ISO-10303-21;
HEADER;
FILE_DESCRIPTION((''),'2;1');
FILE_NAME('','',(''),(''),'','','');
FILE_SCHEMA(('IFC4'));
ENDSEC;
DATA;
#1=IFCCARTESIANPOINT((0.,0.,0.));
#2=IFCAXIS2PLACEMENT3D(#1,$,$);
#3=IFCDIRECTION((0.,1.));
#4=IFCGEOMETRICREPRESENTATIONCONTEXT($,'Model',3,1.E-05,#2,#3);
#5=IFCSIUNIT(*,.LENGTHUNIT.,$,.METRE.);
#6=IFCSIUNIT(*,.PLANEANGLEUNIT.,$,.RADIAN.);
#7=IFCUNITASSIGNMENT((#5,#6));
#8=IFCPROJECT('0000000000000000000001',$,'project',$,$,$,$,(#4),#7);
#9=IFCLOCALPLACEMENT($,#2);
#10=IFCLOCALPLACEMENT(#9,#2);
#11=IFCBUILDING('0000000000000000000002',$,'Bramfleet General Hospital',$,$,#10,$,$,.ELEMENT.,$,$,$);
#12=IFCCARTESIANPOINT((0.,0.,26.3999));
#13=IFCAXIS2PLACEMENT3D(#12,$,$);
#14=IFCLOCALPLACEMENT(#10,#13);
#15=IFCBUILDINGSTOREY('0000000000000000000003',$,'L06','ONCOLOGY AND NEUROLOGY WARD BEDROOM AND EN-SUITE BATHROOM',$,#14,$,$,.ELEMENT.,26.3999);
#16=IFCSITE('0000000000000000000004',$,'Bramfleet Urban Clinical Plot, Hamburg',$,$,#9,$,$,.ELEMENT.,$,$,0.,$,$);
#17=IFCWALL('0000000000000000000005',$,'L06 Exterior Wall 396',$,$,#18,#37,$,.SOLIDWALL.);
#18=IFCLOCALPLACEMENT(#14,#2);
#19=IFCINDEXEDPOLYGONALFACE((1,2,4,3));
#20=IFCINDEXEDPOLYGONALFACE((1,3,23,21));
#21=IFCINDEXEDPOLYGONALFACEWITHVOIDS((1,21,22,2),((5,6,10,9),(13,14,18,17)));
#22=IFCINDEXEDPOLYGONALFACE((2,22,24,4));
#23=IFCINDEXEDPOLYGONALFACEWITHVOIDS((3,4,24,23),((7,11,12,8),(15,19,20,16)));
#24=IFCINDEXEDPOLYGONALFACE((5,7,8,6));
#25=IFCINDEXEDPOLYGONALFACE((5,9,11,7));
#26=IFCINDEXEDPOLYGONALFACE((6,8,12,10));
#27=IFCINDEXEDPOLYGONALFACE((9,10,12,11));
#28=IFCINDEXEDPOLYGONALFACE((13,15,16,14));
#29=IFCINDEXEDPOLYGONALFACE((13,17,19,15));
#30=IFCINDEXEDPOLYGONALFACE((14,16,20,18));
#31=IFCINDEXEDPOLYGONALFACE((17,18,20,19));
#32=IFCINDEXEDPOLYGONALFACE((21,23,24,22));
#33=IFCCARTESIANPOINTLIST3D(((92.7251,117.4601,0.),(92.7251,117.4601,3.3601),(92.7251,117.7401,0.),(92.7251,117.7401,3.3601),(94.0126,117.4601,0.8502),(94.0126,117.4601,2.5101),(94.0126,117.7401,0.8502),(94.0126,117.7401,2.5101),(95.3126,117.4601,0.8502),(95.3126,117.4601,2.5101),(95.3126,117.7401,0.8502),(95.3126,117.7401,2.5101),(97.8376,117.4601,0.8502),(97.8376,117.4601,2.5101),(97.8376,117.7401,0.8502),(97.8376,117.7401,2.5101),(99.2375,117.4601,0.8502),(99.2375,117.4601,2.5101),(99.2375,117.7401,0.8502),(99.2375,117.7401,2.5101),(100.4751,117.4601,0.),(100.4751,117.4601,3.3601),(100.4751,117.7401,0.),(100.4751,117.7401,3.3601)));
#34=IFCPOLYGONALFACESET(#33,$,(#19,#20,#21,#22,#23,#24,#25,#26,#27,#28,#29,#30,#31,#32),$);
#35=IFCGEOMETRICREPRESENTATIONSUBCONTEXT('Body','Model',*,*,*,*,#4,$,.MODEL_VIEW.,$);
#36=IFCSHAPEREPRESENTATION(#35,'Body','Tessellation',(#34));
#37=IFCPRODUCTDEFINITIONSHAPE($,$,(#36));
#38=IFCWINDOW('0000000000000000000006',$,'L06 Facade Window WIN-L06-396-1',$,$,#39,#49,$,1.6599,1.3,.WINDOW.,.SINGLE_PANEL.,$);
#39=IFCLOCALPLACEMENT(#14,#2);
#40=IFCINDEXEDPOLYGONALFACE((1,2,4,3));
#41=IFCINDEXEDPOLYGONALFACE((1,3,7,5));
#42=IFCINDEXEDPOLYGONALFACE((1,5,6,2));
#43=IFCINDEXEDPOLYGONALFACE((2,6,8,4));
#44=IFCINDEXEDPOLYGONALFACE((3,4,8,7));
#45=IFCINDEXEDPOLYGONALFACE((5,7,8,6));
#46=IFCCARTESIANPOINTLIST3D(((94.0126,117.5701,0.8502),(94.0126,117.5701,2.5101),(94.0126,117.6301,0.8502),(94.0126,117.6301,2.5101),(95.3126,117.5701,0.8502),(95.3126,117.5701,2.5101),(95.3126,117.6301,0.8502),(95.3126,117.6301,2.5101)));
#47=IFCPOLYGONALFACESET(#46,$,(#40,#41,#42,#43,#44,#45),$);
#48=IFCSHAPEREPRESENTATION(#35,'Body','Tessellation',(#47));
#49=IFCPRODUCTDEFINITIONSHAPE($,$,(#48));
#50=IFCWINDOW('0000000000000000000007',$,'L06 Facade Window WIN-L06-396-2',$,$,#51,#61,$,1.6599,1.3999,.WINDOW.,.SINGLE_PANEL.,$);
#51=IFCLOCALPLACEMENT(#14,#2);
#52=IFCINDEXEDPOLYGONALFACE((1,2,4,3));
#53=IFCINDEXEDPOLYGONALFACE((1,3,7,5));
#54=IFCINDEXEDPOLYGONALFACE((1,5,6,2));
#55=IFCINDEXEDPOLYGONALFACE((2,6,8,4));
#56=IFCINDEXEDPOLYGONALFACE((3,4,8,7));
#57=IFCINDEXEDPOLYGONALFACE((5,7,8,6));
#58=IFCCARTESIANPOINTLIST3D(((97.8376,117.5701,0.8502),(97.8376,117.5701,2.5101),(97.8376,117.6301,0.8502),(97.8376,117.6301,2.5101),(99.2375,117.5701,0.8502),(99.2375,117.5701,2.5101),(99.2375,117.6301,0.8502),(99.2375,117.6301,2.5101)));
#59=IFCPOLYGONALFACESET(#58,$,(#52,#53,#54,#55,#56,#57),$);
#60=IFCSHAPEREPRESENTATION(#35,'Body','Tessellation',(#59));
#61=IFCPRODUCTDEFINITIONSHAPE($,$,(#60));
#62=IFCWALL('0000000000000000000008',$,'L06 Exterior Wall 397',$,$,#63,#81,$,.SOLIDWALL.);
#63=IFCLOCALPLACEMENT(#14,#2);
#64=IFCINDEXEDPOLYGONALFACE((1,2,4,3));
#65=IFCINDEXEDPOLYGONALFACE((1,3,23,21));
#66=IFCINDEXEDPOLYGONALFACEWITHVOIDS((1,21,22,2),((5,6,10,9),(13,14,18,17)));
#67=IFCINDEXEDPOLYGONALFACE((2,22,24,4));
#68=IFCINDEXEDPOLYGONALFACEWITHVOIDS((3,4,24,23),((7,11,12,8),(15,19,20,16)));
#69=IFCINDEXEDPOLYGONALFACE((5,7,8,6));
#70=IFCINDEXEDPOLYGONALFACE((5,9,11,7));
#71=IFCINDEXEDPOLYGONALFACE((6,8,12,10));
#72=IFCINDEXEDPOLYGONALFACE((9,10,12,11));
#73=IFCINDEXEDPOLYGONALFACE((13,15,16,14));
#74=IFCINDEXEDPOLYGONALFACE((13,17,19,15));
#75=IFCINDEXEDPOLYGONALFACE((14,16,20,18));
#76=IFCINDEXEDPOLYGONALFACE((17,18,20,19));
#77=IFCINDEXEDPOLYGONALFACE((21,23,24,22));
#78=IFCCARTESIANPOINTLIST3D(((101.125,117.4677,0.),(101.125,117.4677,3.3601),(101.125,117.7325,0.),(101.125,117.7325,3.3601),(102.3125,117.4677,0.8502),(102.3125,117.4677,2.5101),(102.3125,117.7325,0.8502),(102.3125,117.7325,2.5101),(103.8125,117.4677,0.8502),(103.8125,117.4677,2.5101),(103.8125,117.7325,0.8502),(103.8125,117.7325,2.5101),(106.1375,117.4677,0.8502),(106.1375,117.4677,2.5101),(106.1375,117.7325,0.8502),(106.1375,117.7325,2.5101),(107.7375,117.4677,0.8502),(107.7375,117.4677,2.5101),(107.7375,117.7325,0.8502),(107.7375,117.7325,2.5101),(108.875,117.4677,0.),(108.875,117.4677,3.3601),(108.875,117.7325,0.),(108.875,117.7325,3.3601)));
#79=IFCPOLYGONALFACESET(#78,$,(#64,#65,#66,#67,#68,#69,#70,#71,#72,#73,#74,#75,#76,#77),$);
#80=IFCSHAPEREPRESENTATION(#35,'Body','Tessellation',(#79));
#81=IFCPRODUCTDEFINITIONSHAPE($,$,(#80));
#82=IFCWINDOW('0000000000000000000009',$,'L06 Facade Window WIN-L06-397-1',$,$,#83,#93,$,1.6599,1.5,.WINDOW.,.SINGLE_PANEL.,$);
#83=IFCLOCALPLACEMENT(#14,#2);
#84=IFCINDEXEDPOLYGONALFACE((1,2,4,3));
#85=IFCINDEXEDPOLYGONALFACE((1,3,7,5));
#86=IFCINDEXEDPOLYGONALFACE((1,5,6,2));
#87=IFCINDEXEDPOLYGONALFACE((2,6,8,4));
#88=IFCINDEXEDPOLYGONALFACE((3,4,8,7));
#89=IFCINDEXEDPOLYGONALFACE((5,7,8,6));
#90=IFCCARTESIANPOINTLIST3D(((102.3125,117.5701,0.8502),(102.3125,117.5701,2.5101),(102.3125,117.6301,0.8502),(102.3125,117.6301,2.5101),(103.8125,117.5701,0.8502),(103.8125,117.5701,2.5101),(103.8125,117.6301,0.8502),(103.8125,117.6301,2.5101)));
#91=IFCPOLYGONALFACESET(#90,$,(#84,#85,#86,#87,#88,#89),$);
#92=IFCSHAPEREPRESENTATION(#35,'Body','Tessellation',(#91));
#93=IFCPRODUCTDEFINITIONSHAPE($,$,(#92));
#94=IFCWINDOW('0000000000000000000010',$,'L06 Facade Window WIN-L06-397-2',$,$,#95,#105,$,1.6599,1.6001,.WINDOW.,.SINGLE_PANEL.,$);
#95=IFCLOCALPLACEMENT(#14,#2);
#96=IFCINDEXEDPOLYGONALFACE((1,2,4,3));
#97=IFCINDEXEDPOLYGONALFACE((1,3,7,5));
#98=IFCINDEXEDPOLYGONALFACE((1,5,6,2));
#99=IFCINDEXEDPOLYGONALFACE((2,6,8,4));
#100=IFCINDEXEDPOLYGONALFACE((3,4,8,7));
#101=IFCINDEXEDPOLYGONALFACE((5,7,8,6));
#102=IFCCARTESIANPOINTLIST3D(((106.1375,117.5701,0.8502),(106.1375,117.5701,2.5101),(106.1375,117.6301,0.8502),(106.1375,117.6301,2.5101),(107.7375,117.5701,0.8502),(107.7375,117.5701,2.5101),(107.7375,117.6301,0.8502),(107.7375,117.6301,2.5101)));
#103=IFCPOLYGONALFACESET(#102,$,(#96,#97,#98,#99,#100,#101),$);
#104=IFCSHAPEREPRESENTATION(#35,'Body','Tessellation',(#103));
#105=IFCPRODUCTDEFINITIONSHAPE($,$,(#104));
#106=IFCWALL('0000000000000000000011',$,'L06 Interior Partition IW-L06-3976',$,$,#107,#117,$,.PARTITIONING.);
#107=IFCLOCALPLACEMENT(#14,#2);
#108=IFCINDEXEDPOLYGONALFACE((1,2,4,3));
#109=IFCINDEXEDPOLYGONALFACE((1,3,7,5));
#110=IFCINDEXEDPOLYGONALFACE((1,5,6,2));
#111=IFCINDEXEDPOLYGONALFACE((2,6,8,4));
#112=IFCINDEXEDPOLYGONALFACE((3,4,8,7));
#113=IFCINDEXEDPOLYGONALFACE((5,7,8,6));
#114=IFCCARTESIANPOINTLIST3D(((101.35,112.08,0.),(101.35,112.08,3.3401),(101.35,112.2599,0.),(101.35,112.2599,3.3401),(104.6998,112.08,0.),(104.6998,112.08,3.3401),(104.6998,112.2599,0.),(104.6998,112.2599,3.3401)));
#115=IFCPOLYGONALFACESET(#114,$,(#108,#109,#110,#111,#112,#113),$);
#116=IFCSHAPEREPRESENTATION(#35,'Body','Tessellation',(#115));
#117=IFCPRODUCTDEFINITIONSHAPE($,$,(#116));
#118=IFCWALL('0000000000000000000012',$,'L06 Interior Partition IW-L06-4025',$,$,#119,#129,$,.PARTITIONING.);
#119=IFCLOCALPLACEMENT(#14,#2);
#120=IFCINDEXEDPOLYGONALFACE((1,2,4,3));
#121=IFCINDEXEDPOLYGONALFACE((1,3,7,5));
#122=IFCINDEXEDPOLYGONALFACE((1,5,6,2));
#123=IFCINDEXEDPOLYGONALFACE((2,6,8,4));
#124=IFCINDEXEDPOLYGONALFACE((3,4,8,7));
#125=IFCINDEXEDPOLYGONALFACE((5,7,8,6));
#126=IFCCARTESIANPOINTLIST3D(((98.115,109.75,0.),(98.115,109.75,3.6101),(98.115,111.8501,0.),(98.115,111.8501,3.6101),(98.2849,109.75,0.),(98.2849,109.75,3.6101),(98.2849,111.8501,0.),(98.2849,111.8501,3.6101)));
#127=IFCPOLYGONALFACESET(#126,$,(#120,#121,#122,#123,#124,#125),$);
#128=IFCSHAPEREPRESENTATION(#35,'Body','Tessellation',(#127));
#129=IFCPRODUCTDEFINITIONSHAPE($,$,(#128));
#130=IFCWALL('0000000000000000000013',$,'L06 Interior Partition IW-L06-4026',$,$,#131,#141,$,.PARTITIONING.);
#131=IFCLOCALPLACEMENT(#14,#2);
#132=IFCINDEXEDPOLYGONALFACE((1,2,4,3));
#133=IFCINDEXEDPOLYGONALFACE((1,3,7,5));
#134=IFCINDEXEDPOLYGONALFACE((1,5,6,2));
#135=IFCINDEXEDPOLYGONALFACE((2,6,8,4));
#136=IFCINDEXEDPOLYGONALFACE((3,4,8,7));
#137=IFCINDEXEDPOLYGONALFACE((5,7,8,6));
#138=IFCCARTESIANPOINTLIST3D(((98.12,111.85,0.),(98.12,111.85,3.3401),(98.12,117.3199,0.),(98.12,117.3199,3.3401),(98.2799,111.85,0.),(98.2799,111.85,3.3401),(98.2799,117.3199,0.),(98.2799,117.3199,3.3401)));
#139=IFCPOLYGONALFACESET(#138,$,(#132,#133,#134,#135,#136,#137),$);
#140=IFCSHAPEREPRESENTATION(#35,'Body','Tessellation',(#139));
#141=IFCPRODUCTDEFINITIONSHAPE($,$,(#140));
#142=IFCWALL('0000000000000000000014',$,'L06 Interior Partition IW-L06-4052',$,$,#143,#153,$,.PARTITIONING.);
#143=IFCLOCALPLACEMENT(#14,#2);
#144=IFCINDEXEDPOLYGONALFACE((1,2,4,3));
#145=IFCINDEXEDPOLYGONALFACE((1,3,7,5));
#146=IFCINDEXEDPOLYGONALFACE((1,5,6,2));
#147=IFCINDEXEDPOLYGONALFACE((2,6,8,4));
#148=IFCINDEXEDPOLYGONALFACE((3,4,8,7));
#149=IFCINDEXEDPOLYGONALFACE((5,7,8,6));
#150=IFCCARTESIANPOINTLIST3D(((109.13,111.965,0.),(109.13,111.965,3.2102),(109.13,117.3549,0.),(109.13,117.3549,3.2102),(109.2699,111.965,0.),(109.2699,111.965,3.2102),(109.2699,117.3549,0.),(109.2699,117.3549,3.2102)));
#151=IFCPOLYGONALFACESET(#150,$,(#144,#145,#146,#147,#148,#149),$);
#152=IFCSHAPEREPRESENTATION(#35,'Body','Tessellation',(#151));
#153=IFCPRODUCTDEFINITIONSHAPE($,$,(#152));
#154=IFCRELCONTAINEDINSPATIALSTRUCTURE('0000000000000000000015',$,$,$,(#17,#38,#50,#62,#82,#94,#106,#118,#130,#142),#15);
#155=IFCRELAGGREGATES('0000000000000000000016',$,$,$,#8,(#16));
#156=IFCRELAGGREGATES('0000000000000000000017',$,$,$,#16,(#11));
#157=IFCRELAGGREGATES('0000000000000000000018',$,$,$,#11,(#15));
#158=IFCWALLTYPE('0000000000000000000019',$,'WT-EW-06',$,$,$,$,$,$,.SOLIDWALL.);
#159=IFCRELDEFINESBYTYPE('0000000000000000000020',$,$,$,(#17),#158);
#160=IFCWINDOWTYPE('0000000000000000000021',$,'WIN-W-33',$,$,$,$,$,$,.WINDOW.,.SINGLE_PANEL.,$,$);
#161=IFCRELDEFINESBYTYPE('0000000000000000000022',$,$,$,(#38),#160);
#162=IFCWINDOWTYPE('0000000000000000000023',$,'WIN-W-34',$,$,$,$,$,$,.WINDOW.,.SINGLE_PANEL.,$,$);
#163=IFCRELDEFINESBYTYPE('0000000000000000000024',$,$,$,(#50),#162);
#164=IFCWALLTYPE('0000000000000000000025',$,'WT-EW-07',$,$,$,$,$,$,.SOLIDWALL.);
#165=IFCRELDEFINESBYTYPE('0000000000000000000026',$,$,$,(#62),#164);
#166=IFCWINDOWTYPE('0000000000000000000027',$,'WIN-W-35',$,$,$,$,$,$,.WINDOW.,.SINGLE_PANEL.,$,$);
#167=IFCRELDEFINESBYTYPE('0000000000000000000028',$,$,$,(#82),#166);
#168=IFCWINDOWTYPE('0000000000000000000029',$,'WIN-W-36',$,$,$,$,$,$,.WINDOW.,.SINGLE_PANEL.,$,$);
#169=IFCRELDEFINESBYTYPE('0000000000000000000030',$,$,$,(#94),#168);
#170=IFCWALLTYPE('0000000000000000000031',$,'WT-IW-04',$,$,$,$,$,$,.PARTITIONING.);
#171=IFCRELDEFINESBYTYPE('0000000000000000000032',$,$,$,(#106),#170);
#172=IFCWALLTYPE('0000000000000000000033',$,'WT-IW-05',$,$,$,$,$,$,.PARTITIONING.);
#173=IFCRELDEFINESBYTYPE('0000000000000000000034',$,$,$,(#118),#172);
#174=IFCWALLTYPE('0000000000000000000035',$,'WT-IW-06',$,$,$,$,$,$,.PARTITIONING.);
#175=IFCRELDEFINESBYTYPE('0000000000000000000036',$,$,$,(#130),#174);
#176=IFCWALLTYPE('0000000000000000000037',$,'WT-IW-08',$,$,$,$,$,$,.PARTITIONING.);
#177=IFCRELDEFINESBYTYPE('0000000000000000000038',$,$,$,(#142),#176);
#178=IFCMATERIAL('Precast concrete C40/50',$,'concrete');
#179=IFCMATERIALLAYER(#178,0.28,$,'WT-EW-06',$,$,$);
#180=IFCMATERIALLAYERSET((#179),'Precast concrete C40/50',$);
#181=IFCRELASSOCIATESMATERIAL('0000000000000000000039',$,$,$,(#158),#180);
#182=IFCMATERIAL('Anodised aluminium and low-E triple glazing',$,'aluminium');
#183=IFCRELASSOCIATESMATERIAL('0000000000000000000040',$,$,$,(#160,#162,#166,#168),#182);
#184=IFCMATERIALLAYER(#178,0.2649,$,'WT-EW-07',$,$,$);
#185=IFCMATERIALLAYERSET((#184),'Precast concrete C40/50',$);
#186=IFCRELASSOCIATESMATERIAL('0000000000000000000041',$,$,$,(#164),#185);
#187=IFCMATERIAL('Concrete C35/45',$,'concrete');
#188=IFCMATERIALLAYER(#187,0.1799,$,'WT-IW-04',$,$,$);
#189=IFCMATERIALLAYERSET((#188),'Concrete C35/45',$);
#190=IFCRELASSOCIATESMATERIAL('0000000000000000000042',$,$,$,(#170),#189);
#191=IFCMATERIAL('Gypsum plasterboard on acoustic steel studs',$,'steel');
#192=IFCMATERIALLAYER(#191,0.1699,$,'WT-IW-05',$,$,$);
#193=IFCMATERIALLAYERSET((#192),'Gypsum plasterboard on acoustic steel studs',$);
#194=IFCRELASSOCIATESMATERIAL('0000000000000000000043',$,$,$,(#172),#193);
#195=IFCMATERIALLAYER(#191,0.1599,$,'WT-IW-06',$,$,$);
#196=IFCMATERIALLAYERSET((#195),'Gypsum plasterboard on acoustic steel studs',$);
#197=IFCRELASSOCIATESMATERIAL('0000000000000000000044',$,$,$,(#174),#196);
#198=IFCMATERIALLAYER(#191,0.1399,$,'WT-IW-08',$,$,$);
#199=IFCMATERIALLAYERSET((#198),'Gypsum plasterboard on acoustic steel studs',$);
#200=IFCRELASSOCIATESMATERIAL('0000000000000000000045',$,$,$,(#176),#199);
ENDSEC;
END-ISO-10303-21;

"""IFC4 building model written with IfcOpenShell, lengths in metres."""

from ifc_helpers import new_model, si_unit, direction, frame, frame_2d, origin, place, context, subcontext, project, spatial, rectangle, extrude, material, layer, layer_set, type_object, element, fill, save


model = new_model("IFC4")

# Units and contexts
model_context = context("Model", 3, precision=1e-05, world=origin(), true_north=direction((0.0, 1.0)))
body_context = subcontext(model_context, "Body", "Model", "MODEL_VIEW")
ifc_project = project(units=[si_unit("LENGTHUNIT", "METRE"), si_unit("PLANEANGLEUNIT", "RADIAN")], contexts=[model_context])

# Site, building, storey
site_placement = place(None, origin())
site = spatial("IfcSite", under=ifc_project, at=site_placement, Name="Bramfleet Urban Clinical Plot, Hamburg", CompositionType="ELEMENT", RefElevation=0.0)
building_placement = place(site_placement, origin())
building = spatial("IfcBuilding", under=site, at=building_placement, Name="Bramfleet General Hospital", CompositionType="ELEMENT")
storey_placement = place(building_placement, frame((0.0, 0.0, 26.3999)))
storey = spatial("IfcBuildingStorey", under=building, at=storey_placement, Name="L06", Description="ONCOLOGY AND NEUROLOGY WARD BEDROOM AND EN-SUITE BATHROOM", CompositionType="ELEMENT", Elevation=26.3999)

# Walls, openings, windows
ifc_material_1 = material(Name="Precast concrete C40/50", Category="concrete")
ifc_layer_1 = layer(ifc_material_1, 0.28, Name="WT-EW-06")
ifc_layer_set_1 = layer_set([ifc_layer_1], Name="Precast concrete C40/50")
wall_type_1 = type_object("IfcWallType", Name="WT-EW-06", PredefinedType="SOLIDWALL", material=ifc_layer_set_1)
wall_1_placement = place(storey_placement, frame((92.7251, 117.6001, 0.0), z_axis=(0.0, 0.0, 1.0), x_axis=(1.0, 0.0, 0.0)))
wall_1 = element("IfcWall", 1, at=wall_1_placement, inside=storey, type_object=wall_type_1, Name="L06 Exterior Wall 396", PredefinedType="SOLIDWALL", context=body_context, shape_type="SweptSolid", body=[
    extrude(rectangle(XDim=7.75, YDim=0.28, at=frame_2d((3.875, 0.0))), origin(), (0.0, 0.0, 1.0), 3.3601),
])
opening_1_placement = place(wall_1_placement, frame((1.2876, 0.0, 0.8501)))
opening_1 = element("IfcOpeningElement", 2, at=opening_1_placement, cuts=wall_1, PredefinedType="OPENING", context=body_context, shape_type="SweptSolid", body=[
    extrude(rectangle(XDim=1.3, YDim=1.6599, at=frame_2d((0.6499, 0.8301))), frame((0.0, 0.1499, 0.0), z_axis=(0.0, -1.0, 0.0), x_axis=(1.0, 0.0, 0.0)), (0.0, 0.0, 1.0), 0.3),
])
opening_2_placement = place(wall_1_placement, frame((5.1125, 0.0, 0.8501)))
opening_2 = element("IfcOpeningElement", 3, at=opening_2_placement, cuts=wall_1, PredefinedType="OPENING", context=body_context, shape_type="SweptSolid", body=[
    extrude(rectangle(XDim=1.3999, YDim=1.6599, at=frame_2d((0.7, 0.8301))), frame((0.0, 0.1499, 0.0), z_axis=(0.0, -1.0, 0.0), x_axis=(1.0, 0.0, 0.0)), (0.0, 0.0, 1.0), 0.3),
])
ifc_material_2 = material(Name="Anodised aluminium and low-E triple glazing", Category="aluminium")
window_type_1 = type_object("IfcWindowType", Name="WIN-W-33", PartitioningType="SINGLE_PANEL", PredefinedType="WINDOW", material=ifc_material_2)
window_1_placement = place(opening_1_placement, origin())
window_1 = element("IfcWindow", 4, at=window_1_placement, inside=storey, type_object=window_type_1, Name="L06 Facade Window WIN-L06-396-1", OverallHeight=1.6599, OverallWidth=1.3, PartitioningType="SINGLE_PANEL", PredefinedType="WINDOW", context=body_context, shape_type="SweptSolid", body=[
    extrude(rectangle(XDim=1.3, YDim=1.6599, at=frame_2d((0.6499, 0.8301))), frame((0.0, 0.03, 0.0), z_axis=(0.0, -1.0, 0.0), x_axis=(1.0, 0.0, 0.0)), (0.0, 0.0, 1.0), 0.0601),
])
fill(opening_1, window_1)
window_type_2 = type_object("IfcWindowType", Name="WIN-W-34", PartitioningType="SINGLE_PANEL", PredefinedType="WINDOW", material=ifc_material_2)
window_2_placement = place(opening_2_placement, origin())
window_2 = element("IfcWindow", 5, at=window_2_placement, inside=storey, type_object=window_type_2, Name="L06 Facade Window WIN-L06-396-2", OverallHeight=1.6599, OverallWidth=1.3999, PartitioningType="SINGLE_PANEL", PredefinedType="WINDOW", context=body_context, shape_type="SweptSolid", body=[
    extrude(rectangle(XDim=1.3999, YDim=1.6599, at=frame_2d((0.7, 0.8301))), frame((0.0, 0.03, 0.0), z_axis=(0.0, -1.0, 0.0), x_axis=(1.0, 0.0, 0.0)), (0.0, 0.0, 1.0), 0.0601),
])
fill(opening_2, window_2)
ifc_layer_2 = layer(ifc_material_1, 0.2649, Name="WT-EW-07")
ifc_layer_set_2 = layer_set([ifc_layer_2], Name="Precast concrete C40/50")
wall_type_2 = type_object("IfcWallType", Name="WT-EW-07", PredefinedType="SOLIDWALL", material=ifc_layer_set_2)
wall_2_placement = place(storey_placement, frame((101.125, 117.6001, 0.0), z_axis=(0.0, 0.0, 1.0), x_axis=(1.0, 0.0, 0.0)))
wall_2 = element("IfcWall", 6, at=wall_2_placement, inside=storey, type_object=wall_type_2, Name="L06 Exterior Wall 397", PredefinedType="SOLIDWALL", context=body_context, shape_type="SweptSolid", body=[
    extrude(rectangle(XDim=7.75, YDim=0.2649, at=frame_2d((3.875, 0.0))), origin(), (0.0, 0.0, 1.0), 3.3601),
])
opening_3_placement = place(wall_2_placement, frame((1.1875, 0.0, 0.8501)))
opening_3 = element("IfcOpeningElement", 7, at=opening_3_placement, cuts=wall_2, PredefinedType="OPENING", context=body_context, shape_type="SweptSolid", body=[
    extrude(rectangle(XDim=1.5, YDim=1.6599, at=frame_2d((0.75, 0.8301))), frame((0.0, 0.1423, 0.0), z_axis=(0.0, -1.0, 0.0), x_axis=(1.0, 0.0, 0.0)), (0.0, 0.0, 1.0), 0.2849),
])
opening_4_placement = place(wall_2_placement, frame((5.0125, 0.0, 0.8501)))
opening_4 = element("IfcOpeningElement", 8, at=opening_4_placement, cuts=wall_2, PredefinedType="OPENING", context=body_context, shape_type="SweptSolid", body=[
    extrude(rectangle(XDim=1.6001, YDim=1.6599, at=frame_2d((0.8, 0.8301))), frame((0.0, 0.1423, 0.0), z_axis=(0.0, -1.0, 0.0), x_axis=(1.0, 0.0, 0.0)), (0.0, 0.0, 1.0), 0.2849),
])
window_type_3 = type_object("IfcWindowType", Name="WIN-W-35", PartitioningType="SINGLE_PANEL", PredefinedType="WINDOW", material=ifc_material_2)
window_3_placement = place(opening_3_placement, origin())
window_3 = element("IfcWindow", 9, at=window_3_placement, inside=storey, type_object=window_type_3, Name="L06 Facade Window WIN-L06-397-1", OverallHeight=1.6599, OverallWidth=1.5, PartitioningType="SINGLE_PANEL", PredefinedType="WINDOW", context=body_context, shape_type="SweptSolid", body=[
    extrude(rectangle(XDim=1.5, YDim=1.6599, at=frame_2d((0.75, 0.8301))), frame((0.0, 0.03, 0.0), z_axis=(0.0, -1.0, 0.0), x_axis=(1.0, 0.0, 0.0)), (0.0, 0.0, 1.0), 0.0601),
])
fill(opening_3, window_3)
window_type_4 = type_object("IfcWindowType", Name="WIN-W-36", PartitioningType="SINGLE_PANEL", PredefinedType="WINDOW", material=ifc_material_2)
window_4_placement = place(opening_4_placement, origin())
window_4 = element("IfcWindow", 10, at=window_4_placement, inside=storey, type_object=window_type_4, Name="L06 Facade Window WIN-L06-397-2", OverallHeight=1.6599, OverallWidth=1.6001, PartitioningType="SINGLE_PANEL", PredefinedType="WINDOW", context=body_context, shape_type="SweptSolid", body=[
    extrude(rectangle(XDim=1.6001, YDim=1.6599, at=frame_2d((0.8, 0.8301))), frame((0.0, 0.03, 0.0), z_axis=(0.0, -1.0, 0.0), x_axis=(1.0, 0.0, 0.0)), (0.0, 0.0, 1.0), 0.0601),
])
fill(opening_4, window_4)

# Walls
ifc_material_3 = material(Name="Concrete C35/45", Category="concrete")
ifc_layer_3 = layer(ifc_material_3, 0.1799, Name="WT-IW-04")
ifc_layer_set_3 = layer_set([ifc_layer_3], Name="Concrete C35/45")
wall_type_3 = type_object("IfcWallType", Name="WT-IW-04", PredefinedType="PARTITIONING", material=ifc_layer_set_3)
wall_3_placement = place(storey_placement, frame((101.3501, 112.1699, 0.0), z_axis=(0.0, 0.0, 1.0), x_axis=(1.0, 0.0, 0.0)))
element("IfcWall", 11, at=wall_3_placement, inside=storey, type_object=wall_type_3, Name="L06 Interior Partition IW-L06-3976", PredefinedType="PARTITIONING", context=body_context, shape_type="SweptSolid", body=[
    extrude(rectangle(XDim=3.3499, YDim=0.1799, at=frame_2d((1.6748, 0.0))), origin(), (0.0, 0.0, 1.0), 3.3401),
])
ifc_material_4 = material(Name="Gypsum plasterboard on acoustic steel studs", Category="steel")
ifc_layer_4 = layer(ifc_material_4, 0.1699, Name="WT-IW-05")
ifc_layer_set_4 = layer_set([ifc_layer_4], Name="Gypsum plasterboard on acoustic steel studs")
wall_type_4 = type_object("IfcWallType", Name="WT-IW-05", PredefinedType="PARTITIONING", material=ifc_layer_set_4)
wall_4_placement = place(storey_placement, frame((98.2, 109.75, 0.0), z_axis=(0.0, 0.0, 1.0), x_axis=(0.0, 1.0, 0.0)))
element("IfcWall", 12, at=wall_4_placement, inside=storey, type_object=wall_type_4, Name="L06 Interior Partition IW-L06-4025", PredefinedType="PARTITIONING", context=body_context, shape_type="SweptSolid", body=[
    extrude(rectangle(XDim=2.1001, YDim=0.1699, at=frame_2d((1.05, 0.0))), origin(), (0.0, 0.0, 1.0), 3.6101),
])

# Shared definitions
ifc_layer_5 = layer(ifc_material_4, 0.1599, Name="WT-IW-06")
ifc_layer_set_5 = layer_set([ifc_layer_5], Name="Gypsum plasterboard on acoustic steel studs")
wall_type_5 = type_object("IfcWallType", Name="WT-IW-06", PredefinedType="PARTITIONING", material=ifc_layer_set_5)

# Walls
wall_5_placement = place(storey_placement, frame((98.2, 111.8501, 0.0), z_axis=(0.0, 0.0, 1.0), x_axis=(0.0, 1.0, 0.0)))
element("IfcWall", 13, at=wall_5_placement, inside=storey, type_object=wall_type_5, Name="L06 Interior Partition IW-L06-4026", PredefinedType="PARTITIONING", context=body_context, shape_type="SweptSolid", body=[
    extrude(rectangle(XDim=5.47, YDim=0.1599, at=frame_2d((2.7349, 0.0))), origin(), (0.0, 0.0, 1.0), 3.3401),
])
ifc_layer_6 = layer(ifc_material_4, 0.1399, Name="WT-IW-08")
ifc_layer_set_6 = layer_set([ifc_layer_6], Name="Gypsum plasterboard on acoustic steel studs")
wall_type_6 = type_object("IfcWallType", Name="WT-IW-08", PredefinedType="PARTITIONING", material=ifc_layer_set_6)
wall_6_placement = place(storey_placement, frame((109.2, 111.9651, 0.0), z_axis=(0.0, 0.0, 1.0), x_axis=(0.0, 1.0, 0.0)))
element("IfcWall", 14, at=wall_6_placement, inside=storey, type_object=wall_type_6, Name="L06 Interior Partition IW-L06-4052", PredefinedType="PARTITIONING", context=body_context, shape_type="SweptSolid", body=[
    extrude(rectangle(XDim=5.3899, YDim=0.1399, at=frame_2d((2.6948, 0.0))), origin(), (0.0, 0.0, 1.0), 3.2102),
])

save(model, "model.ifc")
